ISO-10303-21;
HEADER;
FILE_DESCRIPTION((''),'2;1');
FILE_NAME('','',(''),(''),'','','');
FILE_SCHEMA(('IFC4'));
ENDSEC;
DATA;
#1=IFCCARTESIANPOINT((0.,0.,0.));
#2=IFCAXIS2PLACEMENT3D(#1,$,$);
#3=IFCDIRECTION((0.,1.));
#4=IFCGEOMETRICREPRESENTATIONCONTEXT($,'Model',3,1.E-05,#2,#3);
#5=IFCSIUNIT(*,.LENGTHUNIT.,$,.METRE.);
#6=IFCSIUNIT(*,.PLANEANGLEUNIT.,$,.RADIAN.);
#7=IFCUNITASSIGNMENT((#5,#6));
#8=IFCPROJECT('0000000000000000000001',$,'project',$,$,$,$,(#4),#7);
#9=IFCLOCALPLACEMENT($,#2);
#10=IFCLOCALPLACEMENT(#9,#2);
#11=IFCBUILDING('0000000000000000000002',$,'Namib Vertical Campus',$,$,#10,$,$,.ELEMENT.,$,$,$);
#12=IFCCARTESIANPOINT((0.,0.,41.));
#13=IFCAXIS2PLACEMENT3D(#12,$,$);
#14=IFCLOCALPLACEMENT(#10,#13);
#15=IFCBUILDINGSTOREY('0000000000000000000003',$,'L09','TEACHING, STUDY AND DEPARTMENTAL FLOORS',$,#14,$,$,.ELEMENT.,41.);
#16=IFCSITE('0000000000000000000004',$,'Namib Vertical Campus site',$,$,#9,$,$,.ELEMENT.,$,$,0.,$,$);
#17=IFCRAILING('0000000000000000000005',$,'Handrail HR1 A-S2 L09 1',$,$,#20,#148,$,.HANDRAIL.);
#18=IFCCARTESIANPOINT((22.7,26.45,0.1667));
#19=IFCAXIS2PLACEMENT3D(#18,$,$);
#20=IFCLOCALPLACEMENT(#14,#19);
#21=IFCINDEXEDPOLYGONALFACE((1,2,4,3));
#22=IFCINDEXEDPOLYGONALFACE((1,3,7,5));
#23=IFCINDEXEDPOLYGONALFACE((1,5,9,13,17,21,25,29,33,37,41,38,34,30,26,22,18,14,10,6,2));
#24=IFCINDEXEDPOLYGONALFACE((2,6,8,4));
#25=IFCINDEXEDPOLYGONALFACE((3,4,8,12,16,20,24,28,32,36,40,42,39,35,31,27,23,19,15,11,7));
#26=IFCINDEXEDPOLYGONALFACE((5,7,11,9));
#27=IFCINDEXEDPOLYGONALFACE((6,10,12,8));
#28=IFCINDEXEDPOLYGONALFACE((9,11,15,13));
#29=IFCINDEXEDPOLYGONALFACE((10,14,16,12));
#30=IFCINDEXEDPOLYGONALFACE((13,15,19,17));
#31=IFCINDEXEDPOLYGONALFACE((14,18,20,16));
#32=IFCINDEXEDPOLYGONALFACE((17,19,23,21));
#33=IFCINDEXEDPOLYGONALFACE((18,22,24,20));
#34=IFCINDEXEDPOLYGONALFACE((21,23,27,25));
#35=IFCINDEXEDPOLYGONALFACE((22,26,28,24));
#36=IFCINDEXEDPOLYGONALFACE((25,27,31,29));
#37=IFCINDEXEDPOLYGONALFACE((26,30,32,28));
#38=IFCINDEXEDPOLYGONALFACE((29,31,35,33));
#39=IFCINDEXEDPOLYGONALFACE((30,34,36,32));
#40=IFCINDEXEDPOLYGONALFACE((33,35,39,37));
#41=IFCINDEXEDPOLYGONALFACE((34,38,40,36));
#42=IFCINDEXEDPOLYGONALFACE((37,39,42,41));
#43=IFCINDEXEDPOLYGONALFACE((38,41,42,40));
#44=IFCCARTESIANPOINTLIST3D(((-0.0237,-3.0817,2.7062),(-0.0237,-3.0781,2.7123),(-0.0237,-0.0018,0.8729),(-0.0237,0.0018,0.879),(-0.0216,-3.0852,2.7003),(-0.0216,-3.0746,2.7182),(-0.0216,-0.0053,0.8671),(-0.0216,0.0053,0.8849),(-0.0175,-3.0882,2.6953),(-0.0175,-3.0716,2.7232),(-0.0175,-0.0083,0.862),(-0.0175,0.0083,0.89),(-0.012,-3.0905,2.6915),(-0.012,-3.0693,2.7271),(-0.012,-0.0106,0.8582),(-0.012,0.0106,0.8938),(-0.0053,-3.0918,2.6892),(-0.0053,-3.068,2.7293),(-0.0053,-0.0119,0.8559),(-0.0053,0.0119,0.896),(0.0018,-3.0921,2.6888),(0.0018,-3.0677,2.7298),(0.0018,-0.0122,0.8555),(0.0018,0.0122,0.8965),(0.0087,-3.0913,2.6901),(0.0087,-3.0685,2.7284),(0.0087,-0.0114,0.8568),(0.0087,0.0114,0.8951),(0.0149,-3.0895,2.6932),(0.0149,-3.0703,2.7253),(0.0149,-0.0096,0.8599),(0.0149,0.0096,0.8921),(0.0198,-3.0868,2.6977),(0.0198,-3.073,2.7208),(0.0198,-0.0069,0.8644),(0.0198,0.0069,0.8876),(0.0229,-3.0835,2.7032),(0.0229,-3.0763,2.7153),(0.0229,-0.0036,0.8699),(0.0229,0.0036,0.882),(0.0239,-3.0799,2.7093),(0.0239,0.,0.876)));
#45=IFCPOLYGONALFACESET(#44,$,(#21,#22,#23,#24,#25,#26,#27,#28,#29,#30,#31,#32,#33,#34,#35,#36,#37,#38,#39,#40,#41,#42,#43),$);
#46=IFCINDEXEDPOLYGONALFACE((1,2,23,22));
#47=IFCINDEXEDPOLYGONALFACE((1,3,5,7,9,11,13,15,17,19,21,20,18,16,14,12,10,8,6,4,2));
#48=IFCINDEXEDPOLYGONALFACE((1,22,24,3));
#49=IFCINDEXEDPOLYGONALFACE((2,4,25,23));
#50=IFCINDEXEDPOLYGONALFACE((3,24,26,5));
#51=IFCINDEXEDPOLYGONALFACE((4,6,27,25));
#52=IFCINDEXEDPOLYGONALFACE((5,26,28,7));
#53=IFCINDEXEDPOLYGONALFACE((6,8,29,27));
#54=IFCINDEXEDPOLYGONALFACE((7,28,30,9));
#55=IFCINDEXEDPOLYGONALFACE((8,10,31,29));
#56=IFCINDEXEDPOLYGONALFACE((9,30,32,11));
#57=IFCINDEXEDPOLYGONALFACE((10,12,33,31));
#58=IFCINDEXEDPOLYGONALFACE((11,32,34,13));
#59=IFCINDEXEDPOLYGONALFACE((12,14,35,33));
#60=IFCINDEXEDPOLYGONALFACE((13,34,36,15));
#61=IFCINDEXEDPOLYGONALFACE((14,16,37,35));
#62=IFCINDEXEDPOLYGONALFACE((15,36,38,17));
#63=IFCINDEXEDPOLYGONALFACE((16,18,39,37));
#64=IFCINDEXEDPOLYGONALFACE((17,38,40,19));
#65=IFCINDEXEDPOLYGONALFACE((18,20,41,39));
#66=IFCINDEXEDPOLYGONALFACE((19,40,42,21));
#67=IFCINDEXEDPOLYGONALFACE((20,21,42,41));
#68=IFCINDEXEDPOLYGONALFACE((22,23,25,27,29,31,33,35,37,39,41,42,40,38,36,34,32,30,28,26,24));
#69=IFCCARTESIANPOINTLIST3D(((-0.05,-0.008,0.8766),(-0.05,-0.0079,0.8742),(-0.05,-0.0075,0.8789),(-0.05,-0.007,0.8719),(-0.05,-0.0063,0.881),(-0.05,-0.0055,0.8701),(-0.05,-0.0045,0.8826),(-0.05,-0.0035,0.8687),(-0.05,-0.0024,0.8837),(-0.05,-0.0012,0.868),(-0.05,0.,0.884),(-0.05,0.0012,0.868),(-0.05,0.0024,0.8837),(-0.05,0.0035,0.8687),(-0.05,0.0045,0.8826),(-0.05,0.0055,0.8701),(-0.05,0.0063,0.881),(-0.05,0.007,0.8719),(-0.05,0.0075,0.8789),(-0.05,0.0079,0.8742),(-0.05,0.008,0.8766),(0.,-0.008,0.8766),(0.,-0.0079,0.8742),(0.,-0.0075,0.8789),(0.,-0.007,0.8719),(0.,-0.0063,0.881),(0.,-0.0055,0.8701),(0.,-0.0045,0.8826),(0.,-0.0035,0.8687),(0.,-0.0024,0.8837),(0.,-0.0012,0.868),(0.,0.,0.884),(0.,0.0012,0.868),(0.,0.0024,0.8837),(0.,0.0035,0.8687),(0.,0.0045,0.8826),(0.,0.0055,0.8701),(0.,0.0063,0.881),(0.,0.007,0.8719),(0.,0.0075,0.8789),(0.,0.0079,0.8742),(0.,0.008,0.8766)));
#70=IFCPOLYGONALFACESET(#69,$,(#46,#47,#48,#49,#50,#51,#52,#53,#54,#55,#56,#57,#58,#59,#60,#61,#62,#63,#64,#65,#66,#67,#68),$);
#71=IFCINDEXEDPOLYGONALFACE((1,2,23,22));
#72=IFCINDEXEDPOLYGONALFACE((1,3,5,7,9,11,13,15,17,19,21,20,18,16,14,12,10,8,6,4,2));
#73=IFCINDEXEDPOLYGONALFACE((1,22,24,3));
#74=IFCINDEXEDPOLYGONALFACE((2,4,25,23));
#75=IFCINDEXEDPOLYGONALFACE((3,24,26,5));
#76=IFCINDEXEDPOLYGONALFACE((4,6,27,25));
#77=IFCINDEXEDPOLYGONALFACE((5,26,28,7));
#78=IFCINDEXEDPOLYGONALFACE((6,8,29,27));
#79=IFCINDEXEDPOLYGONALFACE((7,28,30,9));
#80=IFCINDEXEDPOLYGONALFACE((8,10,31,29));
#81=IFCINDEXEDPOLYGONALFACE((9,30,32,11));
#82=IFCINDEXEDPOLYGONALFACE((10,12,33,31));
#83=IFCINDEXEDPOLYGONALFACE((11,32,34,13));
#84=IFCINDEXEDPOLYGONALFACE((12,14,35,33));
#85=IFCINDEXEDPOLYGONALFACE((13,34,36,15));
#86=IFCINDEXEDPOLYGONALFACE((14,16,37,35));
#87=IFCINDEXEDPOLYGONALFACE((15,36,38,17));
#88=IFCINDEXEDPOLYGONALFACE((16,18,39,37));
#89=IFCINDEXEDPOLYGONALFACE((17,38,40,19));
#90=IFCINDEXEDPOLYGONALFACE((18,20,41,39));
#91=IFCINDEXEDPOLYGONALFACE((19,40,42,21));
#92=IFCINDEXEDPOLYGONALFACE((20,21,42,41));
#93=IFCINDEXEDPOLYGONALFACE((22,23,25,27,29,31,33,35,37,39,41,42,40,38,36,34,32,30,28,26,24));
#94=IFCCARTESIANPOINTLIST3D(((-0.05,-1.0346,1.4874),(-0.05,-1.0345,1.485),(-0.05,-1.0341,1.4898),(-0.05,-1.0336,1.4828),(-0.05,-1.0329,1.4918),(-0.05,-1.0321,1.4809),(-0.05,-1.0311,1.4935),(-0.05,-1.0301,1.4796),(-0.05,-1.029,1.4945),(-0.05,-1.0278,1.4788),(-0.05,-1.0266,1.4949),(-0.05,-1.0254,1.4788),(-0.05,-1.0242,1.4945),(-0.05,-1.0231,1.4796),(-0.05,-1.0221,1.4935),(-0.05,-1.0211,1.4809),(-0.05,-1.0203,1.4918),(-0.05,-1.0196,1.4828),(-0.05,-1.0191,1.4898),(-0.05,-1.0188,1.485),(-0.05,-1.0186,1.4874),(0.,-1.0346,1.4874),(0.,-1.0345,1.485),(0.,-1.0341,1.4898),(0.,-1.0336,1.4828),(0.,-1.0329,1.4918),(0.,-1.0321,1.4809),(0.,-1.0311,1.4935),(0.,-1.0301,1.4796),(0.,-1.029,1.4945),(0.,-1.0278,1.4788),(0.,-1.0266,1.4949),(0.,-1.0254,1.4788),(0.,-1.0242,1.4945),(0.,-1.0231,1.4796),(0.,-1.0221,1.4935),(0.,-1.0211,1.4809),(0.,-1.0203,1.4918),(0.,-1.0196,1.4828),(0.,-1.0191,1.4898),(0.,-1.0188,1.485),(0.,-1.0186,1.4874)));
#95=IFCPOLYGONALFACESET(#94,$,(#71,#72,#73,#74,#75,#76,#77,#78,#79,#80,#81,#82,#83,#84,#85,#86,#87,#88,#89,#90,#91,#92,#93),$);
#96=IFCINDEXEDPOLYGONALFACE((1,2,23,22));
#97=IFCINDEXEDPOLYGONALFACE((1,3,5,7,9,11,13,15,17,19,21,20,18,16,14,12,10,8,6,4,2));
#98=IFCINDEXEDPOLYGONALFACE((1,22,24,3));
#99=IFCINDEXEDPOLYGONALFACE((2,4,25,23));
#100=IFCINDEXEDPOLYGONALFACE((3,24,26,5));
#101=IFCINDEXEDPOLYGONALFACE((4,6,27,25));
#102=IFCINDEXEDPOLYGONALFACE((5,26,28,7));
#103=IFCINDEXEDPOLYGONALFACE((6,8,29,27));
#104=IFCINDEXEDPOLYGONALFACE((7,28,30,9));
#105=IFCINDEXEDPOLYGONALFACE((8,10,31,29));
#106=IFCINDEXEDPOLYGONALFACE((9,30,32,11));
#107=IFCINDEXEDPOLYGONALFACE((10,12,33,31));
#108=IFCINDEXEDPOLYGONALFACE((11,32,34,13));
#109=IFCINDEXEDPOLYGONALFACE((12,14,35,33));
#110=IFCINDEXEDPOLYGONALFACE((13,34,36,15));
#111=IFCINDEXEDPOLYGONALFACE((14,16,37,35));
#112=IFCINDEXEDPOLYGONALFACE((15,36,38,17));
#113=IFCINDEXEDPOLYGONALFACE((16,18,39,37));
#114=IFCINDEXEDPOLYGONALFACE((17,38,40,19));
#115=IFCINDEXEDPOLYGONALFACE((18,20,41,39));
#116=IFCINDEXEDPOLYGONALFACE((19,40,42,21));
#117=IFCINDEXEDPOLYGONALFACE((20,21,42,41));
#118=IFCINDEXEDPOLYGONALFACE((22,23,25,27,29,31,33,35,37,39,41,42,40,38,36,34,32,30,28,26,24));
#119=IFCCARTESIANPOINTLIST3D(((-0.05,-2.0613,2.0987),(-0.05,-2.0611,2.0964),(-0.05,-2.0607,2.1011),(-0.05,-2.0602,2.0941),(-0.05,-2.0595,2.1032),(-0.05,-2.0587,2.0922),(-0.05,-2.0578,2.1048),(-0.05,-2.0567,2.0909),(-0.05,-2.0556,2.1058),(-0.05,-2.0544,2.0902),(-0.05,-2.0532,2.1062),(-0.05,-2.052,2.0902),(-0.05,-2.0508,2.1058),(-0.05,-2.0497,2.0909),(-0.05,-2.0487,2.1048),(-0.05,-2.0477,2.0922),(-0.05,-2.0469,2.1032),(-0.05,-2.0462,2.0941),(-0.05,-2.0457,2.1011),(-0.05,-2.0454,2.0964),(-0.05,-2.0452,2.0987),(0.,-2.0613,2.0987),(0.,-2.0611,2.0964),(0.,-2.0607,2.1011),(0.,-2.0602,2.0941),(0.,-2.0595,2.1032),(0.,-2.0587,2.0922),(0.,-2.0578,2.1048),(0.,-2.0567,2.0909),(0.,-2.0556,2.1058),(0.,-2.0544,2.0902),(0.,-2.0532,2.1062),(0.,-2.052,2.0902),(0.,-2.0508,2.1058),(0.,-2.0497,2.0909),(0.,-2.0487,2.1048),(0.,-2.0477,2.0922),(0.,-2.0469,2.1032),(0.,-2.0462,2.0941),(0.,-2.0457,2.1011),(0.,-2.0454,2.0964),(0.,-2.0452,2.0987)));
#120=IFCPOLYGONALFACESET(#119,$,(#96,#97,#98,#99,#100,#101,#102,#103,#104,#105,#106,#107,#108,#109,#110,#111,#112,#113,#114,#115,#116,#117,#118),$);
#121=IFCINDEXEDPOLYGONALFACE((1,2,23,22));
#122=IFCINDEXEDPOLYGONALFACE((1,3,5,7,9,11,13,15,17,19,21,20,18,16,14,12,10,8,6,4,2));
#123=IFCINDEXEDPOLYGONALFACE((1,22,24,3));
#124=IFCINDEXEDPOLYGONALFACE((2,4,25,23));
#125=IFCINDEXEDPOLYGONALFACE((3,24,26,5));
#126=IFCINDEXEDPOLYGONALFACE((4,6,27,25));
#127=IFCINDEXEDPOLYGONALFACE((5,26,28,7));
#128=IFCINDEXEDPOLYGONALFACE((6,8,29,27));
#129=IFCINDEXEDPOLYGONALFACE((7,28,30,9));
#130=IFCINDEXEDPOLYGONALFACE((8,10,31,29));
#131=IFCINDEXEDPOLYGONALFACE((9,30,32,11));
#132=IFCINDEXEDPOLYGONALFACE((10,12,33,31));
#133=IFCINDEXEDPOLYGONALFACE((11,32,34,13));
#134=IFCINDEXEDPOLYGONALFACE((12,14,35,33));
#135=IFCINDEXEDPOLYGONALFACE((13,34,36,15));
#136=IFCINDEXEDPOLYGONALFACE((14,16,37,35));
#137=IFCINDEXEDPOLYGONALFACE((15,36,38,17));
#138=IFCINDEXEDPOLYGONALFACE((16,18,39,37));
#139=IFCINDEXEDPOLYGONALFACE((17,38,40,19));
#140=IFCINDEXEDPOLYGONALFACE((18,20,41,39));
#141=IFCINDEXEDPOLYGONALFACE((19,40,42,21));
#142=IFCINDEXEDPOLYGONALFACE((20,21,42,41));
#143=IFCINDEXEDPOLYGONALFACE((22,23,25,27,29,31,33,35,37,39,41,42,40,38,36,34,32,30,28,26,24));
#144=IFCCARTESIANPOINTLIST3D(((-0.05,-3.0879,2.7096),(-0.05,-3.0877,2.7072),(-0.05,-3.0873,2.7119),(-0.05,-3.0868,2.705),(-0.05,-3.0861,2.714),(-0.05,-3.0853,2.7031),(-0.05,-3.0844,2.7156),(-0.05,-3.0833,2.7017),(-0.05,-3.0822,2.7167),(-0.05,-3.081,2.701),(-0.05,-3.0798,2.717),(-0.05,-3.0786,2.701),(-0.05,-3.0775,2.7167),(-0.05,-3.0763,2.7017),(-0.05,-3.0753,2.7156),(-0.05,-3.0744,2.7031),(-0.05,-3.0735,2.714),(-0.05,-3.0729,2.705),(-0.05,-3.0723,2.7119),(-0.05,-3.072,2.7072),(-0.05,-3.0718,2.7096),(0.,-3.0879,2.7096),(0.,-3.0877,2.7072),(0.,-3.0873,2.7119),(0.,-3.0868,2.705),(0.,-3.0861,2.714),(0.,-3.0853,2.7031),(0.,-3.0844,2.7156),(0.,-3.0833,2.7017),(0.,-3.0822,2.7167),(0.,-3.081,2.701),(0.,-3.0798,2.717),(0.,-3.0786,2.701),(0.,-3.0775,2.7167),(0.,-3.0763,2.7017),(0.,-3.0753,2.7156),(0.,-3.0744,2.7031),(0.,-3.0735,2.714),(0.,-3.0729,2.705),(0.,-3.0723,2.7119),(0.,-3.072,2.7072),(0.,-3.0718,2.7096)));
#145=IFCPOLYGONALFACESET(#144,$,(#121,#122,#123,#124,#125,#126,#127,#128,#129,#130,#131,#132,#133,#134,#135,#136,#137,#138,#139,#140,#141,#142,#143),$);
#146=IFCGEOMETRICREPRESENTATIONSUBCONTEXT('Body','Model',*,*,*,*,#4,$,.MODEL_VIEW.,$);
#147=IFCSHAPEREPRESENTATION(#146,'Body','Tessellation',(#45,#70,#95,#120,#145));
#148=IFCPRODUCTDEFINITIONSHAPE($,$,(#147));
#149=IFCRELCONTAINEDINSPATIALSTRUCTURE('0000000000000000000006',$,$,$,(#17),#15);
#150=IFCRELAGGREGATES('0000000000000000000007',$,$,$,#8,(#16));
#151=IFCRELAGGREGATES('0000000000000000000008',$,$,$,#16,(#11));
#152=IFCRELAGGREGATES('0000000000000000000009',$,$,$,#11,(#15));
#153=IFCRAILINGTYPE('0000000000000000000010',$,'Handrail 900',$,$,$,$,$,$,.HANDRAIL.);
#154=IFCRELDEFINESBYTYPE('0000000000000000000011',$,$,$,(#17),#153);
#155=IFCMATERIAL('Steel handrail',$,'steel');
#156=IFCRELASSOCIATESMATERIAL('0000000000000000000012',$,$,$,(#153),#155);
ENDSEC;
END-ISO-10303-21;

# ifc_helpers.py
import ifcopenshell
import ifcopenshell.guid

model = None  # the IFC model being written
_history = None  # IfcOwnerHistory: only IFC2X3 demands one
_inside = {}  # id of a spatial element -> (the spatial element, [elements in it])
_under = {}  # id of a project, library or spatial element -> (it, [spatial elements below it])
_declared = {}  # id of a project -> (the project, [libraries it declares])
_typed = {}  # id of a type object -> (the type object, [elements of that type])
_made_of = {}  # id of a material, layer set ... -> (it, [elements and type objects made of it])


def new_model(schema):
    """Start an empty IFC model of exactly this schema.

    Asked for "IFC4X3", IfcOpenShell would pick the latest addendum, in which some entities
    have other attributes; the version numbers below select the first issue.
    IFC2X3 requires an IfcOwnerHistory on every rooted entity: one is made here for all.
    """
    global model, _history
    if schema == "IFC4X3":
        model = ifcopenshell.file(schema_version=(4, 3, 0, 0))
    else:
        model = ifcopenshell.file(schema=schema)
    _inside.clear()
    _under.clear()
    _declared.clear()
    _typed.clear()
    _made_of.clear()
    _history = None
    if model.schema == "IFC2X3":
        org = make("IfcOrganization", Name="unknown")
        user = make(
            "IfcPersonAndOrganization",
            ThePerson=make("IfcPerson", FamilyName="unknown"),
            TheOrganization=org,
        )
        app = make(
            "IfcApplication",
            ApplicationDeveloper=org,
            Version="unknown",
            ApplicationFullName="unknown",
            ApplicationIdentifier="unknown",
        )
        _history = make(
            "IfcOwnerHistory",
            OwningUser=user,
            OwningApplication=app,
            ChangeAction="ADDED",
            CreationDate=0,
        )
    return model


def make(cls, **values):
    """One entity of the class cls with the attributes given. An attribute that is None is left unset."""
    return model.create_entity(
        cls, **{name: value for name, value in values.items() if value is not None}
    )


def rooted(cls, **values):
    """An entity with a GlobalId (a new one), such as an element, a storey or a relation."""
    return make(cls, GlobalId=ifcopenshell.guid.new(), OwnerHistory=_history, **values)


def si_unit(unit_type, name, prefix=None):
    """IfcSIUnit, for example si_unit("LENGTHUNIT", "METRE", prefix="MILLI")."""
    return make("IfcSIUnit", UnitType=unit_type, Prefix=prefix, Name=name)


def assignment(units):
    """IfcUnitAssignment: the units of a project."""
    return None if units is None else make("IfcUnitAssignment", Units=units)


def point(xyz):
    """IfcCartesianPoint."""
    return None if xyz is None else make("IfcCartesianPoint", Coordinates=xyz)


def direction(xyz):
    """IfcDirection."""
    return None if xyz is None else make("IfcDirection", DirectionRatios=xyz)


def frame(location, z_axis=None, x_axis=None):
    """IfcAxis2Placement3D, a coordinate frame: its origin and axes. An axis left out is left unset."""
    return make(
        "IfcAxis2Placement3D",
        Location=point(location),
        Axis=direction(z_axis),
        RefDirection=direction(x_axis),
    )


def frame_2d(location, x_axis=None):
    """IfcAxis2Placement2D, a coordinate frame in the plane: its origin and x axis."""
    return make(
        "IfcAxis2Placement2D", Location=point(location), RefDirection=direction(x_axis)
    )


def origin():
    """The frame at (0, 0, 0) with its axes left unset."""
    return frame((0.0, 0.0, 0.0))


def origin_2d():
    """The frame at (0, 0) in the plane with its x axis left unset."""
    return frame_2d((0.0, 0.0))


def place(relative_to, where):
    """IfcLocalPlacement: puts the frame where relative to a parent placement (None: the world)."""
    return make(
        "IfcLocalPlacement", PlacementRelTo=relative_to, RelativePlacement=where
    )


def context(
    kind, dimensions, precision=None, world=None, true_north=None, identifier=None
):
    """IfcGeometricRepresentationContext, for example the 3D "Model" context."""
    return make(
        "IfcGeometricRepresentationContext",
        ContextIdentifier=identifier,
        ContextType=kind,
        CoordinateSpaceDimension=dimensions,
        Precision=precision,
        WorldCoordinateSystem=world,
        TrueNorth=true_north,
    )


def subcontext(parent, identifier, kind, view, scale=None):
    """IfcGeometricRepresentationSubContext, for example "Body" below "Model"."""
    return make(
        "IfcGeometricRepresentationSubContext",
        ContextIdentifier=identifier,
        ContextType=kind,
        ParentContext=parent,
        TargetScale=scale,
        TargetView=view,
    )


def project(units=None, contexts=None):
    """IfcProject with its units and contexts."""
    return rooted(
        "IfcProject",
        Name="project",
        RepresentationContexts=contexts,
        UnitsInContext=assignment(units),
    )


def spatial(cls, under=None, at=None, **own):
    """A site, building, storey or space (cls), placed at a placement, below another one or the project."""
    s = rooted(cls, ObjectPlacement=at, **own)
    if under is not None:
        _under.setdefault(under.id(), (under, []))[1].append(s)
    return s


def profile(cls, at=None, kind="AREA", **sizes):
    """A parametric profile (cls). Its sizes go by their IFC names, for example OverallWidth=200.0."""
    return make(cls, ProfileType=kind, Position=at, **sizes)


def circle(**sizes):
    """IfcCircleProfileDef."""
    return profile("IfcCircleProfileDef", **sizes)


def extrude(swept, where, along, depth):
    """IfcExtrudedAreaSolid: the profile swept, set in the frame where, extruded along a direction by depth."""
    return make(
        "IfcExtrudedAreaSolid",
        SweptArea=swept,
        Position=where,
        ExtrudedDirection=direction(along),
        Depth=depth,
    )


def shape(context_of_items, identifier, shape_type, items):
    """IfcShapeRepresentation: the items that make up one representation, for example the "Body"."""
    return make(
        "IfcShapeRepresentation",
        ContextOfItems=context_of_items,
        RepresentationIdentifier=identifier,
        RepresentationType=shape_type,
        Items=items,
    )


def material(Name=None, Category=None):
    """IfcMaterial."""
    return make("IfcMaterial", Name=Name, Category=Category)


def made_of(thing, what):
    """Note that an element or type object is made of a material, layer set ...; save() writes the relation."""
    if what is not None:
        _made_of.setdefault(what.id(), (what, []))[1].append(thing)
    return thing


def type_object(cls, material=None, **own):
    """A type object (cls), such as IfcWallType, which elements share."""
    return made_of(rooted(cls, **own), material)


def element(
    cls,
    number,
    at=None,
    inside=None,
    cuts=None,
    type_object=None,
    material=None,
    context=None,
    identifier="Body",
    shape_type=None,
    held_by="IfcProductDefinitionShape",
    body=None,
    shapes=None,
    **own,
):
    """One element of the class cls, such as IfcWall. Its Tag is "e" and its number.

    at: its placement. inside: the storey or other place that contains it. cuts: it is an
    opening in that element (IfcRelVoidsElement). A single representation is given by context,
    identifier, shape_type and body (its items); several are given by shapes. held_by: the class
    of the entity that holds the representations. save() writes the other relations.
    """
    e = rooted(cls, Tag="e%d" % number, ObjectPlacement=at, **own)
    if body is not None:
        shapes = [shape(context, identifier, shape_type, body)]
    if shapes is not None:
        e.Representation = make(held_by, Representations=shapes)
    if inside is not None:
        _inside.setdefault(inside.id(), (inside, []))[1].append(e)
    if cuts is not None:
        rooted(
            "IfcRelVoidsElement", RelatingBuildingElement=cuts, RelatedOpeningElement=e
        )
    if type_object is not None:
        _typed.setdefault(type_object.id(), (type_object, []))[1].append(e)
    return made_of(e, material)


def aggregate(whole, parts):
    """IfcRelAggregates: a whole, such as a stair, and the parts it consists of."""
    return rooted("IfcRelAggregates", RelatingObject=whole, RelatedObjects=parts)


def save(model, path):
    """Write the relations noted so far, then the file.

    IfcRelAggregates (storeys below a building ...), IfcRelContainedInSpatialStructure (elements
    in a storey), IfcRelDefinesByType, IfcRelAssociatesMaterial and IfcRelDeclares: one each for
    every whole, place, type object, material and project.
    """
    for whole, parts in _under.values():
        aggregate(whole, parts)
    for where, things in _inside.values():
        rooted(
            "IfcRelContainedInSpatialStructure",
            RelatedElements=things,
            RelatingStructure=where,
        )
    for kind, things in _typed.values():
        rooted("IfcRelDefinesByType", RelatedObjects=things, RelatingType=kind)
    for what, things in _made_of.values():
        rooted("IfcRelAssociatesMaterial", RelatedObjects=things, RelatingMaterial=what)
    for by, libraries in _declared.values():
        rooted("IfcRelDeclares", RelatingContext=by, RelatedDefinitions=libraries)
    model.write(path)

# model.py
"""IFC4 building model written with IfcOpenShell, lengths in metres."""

from ifc_helpers import new_model, si_unit, direction, frame, origin, origin_2d, place, context, subcontext, project, spatial, circle, extrude, material, type_object, element, save


model = new_model("IFC4")

# Units and contexts
model_context = context("Model", 3, precision=1e-05, world=origin(), true_north=direction((0.0, 1.0)))
body_context = subcontext(model_context, "Body", "Model", "MODEL_VIEW")
ifc_project = project(units=[si_unit("LENGTHUNIT", "METRE"), si_unit("PLANEANGLEUNIT", "RADIAN")], contexts=[model_context])

# Site, building, storey
site_placement = place(None, origin())
site = spatial("IfcSite", under=ifc_project, at=site_placement, Name="Namib Vertical Campus site", CompositionType="ELEMENT", RefElevation=0.0)
building_placement = place(site_placement, origin())
building = spatial("IfcBuilding", under=site, at=building_placement, Name="Namib Vertical Campus", CompositionType="ELEMENT")
storey_placement = place(building_placement, frame((0.0, 0.0, 41.0)))
storey = spatial("IfcBuildingStorey", under=building, at=storey_placement, Name="L09", Description="TEACHING, STUDY AND DEPARTMENTAL FLOORS", CompositionType="ELEMENT", Elevation=41.0)

# Railing
ifc_material_1 = material(Name="Steel handrail", Category="steel")
railing_type_1 = type_object("IfcRailingType", Name="Handrail 900", PredefinedType="HANDRAIL", material=ifc_material_1)
railing_1_placement = place(storey_placement, frame((22.7, 26.45, 0.1667)))
element("IfcRailing", 1, at=railing_1_placement, inside=storey, type_object=railing_type_1, Name="Handrail HR1 A-S2 L09 1", PredefinedType="HANDRAIL", context=body_context, shape_type="SweptSolid", body=[
    extrude(circle(Radius=0.0239, at=origin_2d()), frame((0.0, 0.0, 0.876), z_axis=(0.0, -0.859291, 0.511487), x_axis=(1.0, 0.0, 0.0)), (0.0, 0.0, 1.0), 3.5842),
    extrude(circle(Radius=0.0081, at=origin_2d()), frame((0.0, 0.0, 0.876), z_axis=(-1.0, 0.0, 0.0), x_axis=(0.0, 0.0, 1.0)), (0.0, 0.0, 1.0), 0.05),
    extrude(circle(Radius=0.0081, at=origin_2d()), frame((0.0, -1.0266, 1.4868), z_axis=(-1.0, 0.0, 0.0), x_axis=(0.0, 0.0, 1.0)), (0.0, 0.0, 1.0), 0.05),
    extrude(circle(Radius=0.0081, at=origin_2d()), frame((0.0, -2.0532, 2.0981), z_axis=(-1.0, 0.0, 0.0), x_axis=(0.0, 0.0, 1.0)), (0.0, 0.0, 1.0), 0.05),
    extrude(circle(Radius=0.0081, at=origin_2d()), frame((0.0, -3.0798, 2.709), z_axis=(-1.0, 0.0, 0.0), x_axis=(0.0, 0.0, 1.0)), (0.0, 0.0, 1.0), 0.05),
])

save(model, "model.ifc")
